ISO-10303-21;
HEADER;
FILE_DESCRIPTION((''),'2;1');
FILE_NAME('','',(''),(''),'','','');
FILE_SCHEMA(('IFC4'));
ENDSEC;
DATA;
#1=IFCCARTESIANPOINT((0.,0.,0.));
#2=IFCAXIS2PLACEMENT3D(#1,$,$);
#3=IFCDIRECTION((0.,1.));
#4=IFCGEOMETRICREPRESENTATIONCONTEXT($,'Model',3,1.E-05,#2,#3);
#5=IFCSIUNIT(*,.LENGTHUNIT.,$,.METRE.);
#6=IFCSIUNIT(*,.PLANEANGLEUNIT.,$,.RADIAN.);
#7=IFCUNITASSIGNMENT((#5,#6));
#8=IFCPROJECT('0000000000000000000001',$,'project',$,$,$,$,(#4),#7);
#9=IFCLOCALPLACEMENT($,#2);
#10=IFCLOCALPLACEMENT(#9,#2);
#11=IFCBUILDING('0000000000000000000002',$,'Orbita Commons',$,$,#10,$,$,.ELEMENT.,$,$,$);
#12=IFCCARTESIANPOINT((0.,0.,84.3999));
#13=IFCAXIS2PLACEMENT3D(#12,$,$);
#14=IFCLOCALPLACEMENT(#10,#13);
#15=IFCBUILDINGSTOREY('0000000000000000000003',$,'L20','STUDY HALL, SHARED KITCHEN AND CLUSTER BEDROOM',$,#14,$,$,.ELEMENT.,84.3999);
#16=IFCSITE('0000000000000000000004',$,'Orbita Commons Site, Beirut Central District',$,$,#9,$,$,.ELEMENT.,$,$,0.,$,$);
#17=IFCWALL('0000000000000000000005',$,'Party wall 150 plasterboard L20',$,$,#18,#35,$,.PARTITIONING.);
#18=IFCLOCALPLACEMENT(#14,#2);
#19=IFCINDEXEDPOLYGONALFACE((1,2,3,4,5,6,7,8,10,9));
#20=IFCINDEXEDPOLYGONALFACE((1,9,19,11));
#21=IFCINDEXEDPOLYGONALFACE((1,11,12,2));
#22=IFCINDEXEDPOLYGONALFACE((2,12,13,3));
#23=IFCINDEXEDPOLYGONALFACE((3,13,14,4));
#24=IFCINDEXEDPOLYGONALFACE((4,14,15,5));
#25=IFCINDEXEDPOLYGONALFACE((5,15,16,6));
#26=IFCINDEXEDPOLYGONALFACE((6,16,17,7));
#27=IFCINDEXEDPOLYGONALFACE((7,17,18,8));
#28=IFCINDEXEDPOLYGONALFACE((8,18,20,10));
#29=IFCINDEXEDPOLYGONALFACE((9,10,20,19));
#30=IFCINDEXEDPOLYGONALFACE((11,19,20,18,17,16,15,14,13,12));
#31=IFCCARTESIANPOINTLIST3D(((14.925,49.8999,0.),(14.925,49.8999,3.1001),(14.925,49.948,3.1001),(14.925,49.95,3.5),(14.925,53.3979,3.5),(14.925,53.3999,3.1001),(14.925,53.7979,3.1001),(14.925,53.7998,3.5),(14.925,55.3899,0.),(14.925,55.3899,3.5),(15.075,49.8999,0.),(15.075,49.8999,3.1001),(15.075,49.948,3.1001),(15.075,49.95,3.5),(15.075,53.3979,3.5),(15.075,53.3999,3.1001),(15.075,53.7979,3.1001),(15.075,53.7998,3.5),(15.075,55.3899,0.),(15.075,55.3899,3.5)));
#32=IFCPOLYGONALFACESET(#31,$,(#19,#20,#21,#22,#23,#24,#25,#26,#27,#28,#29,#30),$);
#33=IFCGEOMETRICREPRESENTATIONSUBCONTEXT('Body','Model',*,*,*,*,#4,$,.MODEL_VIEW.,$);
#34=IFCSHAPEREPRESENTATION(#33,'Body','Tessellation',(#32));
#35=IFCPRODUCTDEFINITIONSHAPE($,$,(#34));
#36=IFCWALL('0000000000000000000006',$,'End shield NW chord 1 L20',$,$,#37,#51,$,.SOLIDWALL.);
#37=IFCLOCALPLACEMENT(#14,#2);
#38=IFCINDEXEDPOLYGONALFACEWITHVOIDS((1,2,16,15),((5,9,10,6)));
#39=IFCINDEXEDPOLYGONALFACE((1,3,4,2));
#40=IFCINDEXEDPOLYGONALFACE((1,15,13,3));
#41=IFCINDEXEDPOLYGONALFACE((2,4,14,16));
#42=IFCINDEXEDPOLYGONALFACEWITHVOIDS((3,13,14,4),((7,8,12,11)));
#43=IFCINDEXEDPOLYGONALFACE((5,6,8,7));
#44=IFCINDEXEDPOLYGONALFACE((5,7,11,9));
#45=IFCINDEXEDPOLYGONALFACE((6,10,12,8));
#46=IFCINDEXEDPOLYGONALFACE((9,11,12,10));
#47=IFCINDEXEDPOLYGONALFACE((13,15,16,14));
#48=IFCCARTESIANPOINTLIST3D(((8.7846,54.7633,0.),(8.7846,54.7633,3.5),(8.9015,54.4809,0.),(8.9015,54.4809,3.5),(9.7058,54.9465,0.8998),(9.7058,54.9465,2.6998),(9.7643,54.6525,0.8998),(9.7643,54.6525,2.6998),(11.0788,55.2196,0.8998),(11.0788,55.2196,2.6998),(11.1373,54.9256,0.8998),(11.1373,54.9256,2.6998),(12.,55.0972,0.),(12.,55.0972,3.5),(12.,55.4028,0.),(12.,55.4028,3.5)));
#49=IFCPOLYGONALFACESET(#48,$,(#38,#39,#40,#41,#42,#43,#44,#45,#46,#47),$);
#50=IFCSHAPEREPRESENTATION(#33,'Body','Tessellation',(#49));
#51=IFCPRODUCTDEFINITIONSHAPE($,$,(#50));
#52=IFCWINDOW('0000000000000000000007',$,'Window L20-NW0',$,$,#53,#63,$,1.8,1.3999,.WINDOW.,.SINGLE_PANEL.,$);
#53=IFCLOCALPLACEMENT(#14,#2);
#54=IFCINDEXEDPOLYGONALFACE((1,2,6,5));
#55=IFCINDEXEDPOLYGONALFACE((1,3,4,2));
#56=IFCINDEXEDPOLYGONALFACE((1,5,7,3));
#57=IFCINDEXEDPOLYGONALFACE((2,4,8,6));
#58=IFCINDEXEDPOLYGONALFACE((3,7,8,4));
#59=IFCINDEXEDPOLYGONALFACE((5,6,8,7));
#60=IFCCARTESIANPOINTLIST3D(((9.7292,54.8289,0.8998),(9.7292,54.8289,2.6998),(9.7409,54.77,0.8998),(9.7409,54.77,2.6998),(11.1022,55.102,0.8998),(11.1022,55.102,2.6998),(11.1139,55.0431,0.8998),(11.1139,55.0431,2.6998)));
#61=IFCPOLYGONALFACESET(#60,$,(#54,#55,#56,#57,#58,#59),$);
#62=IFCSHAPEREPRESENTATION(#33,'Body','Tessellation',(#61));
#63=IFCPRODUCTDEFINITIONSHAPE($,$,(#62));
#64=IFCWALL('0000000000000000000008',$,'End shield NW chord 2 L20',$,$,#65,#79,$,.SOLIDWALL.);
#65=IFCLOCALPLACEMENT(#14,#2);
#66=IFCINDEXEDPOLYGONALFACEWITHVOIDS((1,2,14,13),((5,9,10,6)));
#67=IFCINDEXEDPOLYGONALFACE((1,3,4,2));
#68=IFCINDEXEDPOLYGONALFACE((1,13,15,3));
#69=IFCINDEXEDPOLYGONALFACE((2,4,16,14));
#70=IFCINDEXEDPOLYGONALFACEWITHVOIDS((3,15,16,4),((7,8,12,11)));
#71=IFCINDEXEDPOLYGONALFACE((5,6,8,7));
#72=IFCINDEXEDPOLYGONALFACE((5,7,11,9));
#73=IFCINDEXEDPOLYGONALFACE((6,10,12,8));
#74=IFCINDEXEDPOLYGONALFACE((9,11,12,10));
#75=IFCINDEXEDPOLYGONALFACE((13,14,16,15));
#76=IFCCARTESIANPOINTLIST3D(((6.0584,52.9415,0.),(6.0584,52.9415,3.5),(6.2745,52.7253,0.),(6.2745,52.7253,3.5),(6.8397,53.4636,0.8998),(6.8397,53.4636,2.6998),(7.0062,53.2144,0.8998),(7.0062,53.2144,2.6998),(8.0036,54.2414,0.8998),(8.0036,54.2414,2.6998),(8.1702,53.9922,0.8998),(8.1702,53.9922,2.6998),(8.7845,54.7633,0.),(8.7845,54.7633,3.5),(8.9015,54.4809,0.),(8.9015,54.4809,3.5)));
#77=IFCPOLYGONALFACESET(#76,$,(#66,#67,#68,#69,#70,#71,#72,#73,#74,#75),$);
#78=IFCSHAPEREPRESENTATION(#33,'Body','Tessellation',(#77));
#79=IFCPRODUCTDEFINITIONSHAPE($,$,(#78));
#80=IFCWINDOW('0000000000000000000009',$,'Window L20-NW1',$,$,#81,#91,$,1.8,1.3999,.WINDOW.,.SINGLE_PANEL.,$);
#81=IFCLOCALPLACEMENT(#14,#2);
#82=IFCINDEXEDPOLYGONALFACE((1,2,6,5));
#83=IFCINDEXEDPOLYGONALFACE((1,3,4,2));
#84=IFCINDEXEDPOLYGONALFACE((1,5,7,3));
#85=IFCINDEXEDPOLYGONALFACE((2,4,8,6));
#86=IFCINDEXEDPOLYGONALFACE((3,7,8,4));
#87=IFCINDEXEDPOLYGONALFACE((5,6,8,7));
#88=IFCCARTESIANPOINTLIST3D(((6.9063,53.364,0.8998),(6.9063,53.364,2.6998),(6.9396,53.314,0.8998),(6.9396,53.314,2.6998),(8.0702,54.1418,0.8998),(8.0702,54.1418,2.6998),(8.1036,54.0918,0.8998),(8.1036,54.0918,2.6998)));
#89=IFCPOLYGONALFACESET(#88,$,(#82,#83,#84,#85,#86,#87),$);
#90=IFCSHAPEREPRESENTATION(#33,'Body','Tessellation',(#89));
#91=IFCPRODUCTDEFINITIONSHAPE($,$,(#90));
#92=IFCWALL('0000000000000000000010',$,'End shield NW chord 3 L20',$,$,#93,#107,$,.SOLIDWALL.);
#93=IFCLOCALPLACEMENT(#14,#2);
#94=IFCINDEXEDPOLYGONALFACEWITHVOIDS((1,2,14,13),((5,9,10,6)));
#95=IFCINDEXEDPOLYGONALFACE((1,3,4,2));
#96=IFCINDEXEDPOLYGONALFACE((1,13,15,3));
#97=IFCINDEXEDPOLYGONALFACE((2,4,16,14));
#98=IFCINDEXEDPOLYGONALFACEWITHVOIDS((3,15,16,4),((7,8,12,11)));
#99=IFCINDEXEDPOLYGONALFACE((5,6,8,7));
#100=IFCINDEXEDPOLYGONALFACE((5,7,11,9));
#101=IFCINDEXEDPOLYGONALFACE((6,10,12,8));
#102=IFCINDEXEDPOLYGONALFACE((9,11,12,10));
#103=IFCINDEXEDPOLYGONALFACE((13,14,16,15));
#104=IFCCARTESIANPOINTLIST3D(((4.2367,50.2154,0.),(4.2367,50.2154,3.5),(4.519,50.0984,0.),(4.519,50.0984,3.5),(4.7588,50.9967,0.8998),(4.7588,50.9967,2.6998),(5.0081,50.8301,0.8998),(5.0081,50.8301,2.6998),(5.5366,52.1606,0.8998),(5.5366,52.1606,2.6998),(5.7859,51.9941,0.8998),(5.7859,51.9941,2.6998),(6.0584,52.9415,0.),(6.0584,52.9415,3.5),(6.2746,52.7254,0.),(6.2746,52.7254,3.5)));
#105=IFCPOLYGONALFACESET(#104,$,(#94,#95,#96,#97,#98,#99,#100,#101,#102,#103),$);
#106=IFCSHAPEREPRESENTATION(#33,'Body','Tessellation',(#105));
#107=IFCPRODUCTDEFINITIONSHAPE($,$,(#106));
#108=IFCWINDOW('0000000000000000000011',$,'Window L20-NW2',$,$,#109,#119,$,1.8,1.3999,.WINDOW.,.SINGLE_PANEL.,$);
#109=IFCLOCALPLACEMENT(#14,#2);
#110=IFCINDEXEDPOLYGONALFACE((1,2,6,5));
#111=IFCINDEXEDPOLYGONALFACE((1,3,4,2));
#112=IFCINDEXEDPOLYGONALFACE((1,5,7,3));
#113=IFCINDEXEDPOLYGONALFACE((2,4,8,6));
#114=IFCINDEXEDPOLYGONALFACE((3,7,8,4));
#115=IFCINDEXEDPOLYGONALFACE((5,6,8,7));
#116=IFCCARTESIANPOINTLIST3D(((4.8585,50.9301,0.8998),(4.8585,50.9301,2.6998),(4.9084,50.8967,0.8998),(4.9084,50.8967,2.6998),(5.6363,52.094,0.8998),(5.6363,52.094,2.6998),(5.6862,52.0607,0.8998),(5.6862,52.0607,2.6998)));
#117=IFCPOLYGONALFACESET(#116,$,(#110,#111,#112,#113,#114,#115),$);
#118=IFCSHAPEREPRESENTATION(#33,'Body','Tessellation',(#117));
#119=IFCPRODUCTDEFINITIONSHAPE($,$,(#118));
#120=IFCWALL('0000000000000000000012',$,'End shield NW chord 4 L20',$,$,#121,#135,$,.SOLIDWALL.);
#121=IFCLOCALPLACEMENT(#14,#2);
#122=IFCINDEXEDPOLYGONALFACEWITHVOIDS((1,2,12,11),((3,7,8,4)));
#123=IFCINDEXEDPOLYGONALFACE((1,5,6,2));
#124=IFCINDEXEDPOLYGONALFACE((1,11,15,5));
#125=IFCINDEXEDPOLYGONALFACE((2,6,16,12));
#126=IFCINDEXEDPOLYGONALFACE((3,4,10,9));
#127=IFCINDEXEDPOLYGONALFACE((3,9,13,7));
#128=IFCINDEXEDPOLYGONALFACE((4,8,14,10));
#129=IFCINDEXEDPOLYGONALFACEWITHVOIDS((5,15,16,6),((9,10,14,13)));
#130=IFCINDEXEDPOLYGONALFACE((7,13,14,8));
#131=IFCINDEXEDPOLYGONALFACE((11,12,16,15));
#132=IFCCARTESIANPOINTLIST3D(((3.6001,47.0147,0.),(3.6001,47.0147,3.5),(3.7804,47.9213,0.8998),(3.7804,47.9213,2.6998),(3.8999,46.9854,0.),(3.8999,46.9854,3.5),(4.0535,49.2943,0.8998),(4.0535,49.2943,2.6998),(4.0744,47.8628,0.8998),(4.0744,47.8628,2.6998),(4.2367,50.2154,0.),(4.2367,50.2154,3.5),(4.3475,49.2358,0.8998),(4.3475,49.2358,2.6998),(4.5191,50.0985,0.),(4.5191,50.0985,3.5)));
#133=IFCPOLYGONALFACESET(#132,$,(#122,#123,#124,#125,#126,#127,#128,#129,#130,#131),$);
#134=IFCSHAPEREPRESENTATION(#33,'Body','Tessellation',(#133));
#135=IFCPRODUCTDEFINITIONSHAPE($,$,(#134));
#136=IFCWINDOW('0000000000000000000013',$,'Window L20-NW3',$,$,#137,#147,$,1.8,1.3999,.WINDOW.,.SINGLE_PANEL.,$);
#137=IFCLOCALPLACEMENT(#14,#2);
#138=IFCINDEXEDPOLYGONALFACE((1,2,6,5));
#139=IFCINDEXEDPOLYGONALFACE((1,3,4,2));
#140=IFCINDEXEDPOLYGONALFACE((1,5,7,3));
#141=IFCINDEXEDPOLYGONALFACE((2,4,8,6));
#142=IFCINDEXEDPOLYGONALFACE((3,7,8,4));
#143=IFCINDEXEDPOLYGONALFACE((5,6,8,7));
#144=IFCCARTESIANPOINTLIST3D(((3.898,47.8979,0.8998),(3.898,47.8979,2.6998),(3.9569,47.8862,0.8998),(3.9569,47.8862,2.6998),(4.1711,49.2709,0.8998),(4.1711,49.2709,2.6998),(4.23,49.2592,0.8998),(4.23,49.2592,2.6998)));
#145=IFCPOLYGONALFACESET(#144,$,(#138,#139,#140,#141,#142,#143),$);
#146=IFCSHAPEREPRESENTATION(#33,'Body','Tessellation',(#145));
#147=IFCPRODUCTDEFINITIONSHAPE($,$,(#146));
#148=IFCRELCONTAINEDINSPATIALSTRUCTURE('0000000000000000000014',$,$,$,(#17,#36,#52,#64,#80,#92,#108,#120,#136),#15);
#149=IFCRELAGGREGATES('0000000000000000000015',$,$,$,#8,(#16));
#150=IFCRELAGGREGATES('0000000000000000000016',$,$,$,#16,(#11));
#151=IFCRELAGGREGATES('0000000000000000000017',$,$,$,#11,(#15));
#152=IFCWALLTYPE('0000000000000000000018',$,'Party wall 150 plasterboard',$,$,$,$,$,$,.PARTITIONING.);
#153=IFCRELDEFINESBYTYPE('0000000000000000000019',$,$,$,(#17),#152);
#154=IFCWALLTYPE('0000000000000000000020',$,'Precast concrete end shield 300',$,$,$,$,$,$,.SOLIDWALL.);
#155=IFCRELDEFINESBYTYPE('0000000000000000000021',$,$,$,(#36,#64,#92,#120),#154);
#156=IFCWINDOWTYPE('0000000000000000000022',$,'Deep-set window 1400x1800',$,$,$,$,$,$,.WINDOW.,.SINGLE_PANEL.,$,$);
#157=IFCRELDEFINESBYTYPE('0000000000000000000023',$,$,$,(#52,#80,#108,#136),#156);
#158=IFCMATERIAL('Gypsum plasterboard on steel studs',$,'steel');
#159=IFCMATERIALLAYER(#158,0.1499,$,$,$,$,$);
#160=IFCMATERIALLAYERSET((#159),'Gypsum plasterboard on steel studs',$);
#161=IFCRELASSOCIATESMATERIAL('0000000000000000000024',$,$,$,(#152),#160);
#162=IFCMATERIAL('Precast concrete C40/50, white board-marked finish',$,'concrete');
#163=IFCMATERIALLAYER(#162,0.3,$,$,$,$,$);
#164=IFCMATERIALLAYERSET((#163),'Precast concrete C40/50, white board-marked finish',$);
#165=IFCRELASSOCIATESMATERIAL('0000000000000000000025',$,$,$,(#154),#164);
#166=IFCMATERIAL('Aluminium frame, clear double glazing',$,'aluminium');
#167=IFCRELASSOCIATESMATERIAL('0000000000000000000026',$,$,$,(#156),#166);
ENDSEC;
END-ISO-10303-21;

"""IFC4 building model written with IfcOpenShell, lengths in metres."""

from ifc_helpers import new_model, si_unit, direction, frame, frame_2d, origin, place, context, subcontext, project, spatial, polyline, rectangle, outline, extrude, material, layer, layer_set, type_object, element, fill, save


model = new_model("IFC4")

# Units and contexts
model_context = context("Model", 3, precision=1e-05, world=origin(), true_north=direction((0.0, 1.0)))
body_context = subcontext(model_context, "Body", "Model", "MODEL_VIEW")
ifc_project = project(units=[si_unit("LENGTHUNIT", "METRE"), si_unit("PLANEANGLEUNIT", "RADIAN")], contexts=[model_context])

# Site, building, storey
site_placement = place(None, origin())
site = spatial("IfcSite", under=ifc_project, at=site_placement, Name="Orbita Commons Site, Beirut Central District", CompositionType="ELEMENT", RefElevation=0.0)
building_placement = place(site_placement, origin())
building = spatial("IfcBuilding", under=site, at=building_placement, Name="Orbita Commons", CompositionType="ELEMENT")
storey_placement = place(building_placement, frame((0.0, 0.0, 84.3999)))
storey = spatial("IfcBuildingStorey", under=building, at=storey_placement, Name="L20", Description="STUDY HALL, SHARED KITCHEN AND CLUSTER BEDROOM", CompositionType="ELEMENT", Elevation=84.3999)

# Wall
ifc_material_1 = material(Name="Gypsum plasterboard on steel studs", Category="steel")
ifc_layer_1 = layer(ifc_material_1, 0.1499)
ifc_layer_set_1 = layer_set([ifc_layer_1], Name="Gypsum plasterboard on steel studs")
wall_type_1 = type_object("IfcWallType", Name="Party wall 150 plasterboard", PredefinedType="PARTITIONING", material=ifc_layer_set_1)
wall_1_placement = place(storey_placement, frame((15.0, 55.3899, 0.0), z_axis=(0.0, 0.0, 1.0), x_axis=(0.0, -1.0, 0.0)))
element("IfcWall", 1, at=wall_1_placement, inside=storey, type_object=wall_type_1, Name="Party wall 150 plasterboard L20", PredefinedType="PARTITIONING", context=body_context, shape_type="SweptSolid", body=[
    extrude(outline(polyline([(0.0, 0.0), (5.49, 0.0), (5.49, 3.1001), (5.4419, 3.1001), (5.4399, 3.5), (1.9919, 3.5), (1.99, 3.1001), (1.592, 3.1001), (1.5901, 3.5), (0.0, 3.5), (0.0, 0.0)])), frame((0.0, 0.075, 0.0), z_axis=(0.0, -1.0, 0.0), x_axis=(1.0, 0.0, 0.0)), (0.0, 0.0, 1.0), 0.1499),
])

# Walls, openings, windows
ifc_material_2 = material(Name="Precast concrete C40/50, white board-marked finish", Category="concrete")
ifc_layer_2 = layer(ifc_material_2, 0.3)
ifc_layer_set_2 = layer_set([ifc_layer_2], Name="Precast concrete C40/50, white board-marked finish")
wall_type_2 = type_object("IfcWallType", Name="Precast concrete end shield 300", PredefinedType="SOLIDWALL", material=ifc_layer_set_2)
wall_2_placement = place(storey_placement, frame((12.0, 55.25, 0.0), z_axis=(0.0, 0.0, 1.0), x_axis=(-0.980787, -0.19508, 0.0)))
wall_2 = element("IfcWall", 2, at=wall_2_placement, inside=storey, type_object=wall_type_2, Name="End shield NW chord 1 L20", PredefinedType="SOLIDWALL", context=body_context, shape_type="SweptSolid", body=[
    extrude(outline(polyline([(-0.0298, -0.1499), (3.2485, -0.1499), (3.189, 0.1499), (0.0298, 0.1499), (-0.0298, -0.1499)])), origin(), (0.0, 0.0, 1.0), 3.5),
])
opening_1_placement = place(wall_2_placement, frame((0.9094, 0.0, 0.8999)))
opening_1 = element("IfcOpeningElement", 3, at=opening_1_placement, cuts=wall_2, PredefinedType="OPENING", context=body_context, shape_type="SweptSolid", body=[
    extrude(rectangle(XDim=1.3999, YDim=1.8, at=frame_2d((0.7, 0.8999))), frame((0.0, 0.1599, 0.0), z_axis=(0.0, -1.0, 0.0), x_axis=(1.0, 0.0, 0.0)), (0.0, 0.0, 1.0), 0.3201),
])
ifc_material_3 = material(Name="Aluminium frame, clear double glazing", Category="aluminium")
window_type = type_object("IfcWindowType", Name="Deep-set window 1400x1800", PartitioningType="SINGLE_PANEL", PredefinedType="WINDOW", material=ifc_material_3)
window_1_placement = place(opening_1_placement, origin())
window_1 = element("IfcWindow", 4, at=window_1_placement, inside=storey, type_object=window_type, Name="Window L20-NW0", OverallHeight=1.8, OverallWidth=1.3999, PartitioningType="SINGLE_PANEL", PredefinedType="WINDOW", context=body_context, shape_type="SweptSolid", body=[
    extrude(rectangle(XDim=1.3999, YDim=1.8, at=frame_2d((0.7, 0.8999))), frame((0.0, 0.03, 0.0), z_axis=(0.0, -1.0, 0.0), x_axis=(1.0, 0.0, 0.0)), (0.0, 0.0, 1.0), 0.0601),
])
fill(opening_1, window_1)
wall_3_placement = place(storey_placement, frame((8.843, 54.6221, 0.0), z_axis=(0.0, 0.0, 1.0), x_axis=(-0.831443, -0.55561, 0.0)))
wall_3 = element("IfcWall", 5, at=wall_3_placement, inside=storey, type_object=wall_type_2, Name="End shield NW chord 2 L20", PredefinedType="SOLIDWALL", context=body_context, shape_type="SweptSolid", body=[
    extrude(outline(polyline([(-0.0298, -0.1499), (3.249, -0.1499), (3.1895, 0.1499), (0.0298, 0.1499), (-0.0298, -0.1499)])), origin(), (0.0, 0.0, 1.0), 3.5),
])
opening_2_placement = place(wall_3_placement, frame((0.9094, 0.0, 0.8999)))
opening_2 = element("IfcOpeningElement", 6, at=opening_2_placement, cuts=wall_3, PredefinedType="OPENING", context=body_context, shape_type="SweptSolid", body=[
    extrude(rectangle(XDim=1.3999, YDim=1.8, at=frame_2d((0.7, 0.8999))), frame((0.0, 0.1599, 0.0), z_axis=(0.0, -1.0, 0.0), x_axis=(1.0, 0.0, 0.0)), (0.0, 0.0, 1.0), 0.3201),
])
window_2_placement = place(opening_2_placement, origin())
window_2 = element("IfcWindow", 7, at=window_2_placement, inside=storey, type_object=window_type, Name="Window L20-NW1", OverallHeight=1.8, OverallWidth=1.3999, PartitioningType="SINGLE_PANEL", PredefinedType="WINDOW", context=body_context, shape_type="SweptSolid", body=[
    extrude(rectangle(XDim=1.3999, YDim=1.8, at=frame_2d((0.7, 0.8999))), frame((0.0, 0.03, 0.0), z_axis=(0.0, -1.0, 0.0), x_axis=(1.0, 0.0, 0.0)), (0.0, 0.0, 1.0), 0.0601),
])
fill(opening_2, window_2)
wall_4_placement = place(storey_placement, frame((6.1665, 52.8335, 0.0), z_axis=(0.0, 0.0, 1.0), x_axis=(-0.55561, -0.831443, 0.0)))
wall_4 = element("IfcWall", 8, at=wall_4_placement, inside=storey, type_object=wall_type_2, Name="End shield NW chord 3 L20", PredefinedType="SOLIDWALL", context=body_context, shape_type="SweptSolid", body=[
    extrude(outline(polyline([(-0.0298, -0.1499), (3.249, -0.1499), (3.1895, 0.1499), (0.0298, 0.1499), (-0.0298, -0.1499)])), origin(), (0.0, 0.0, 1.0), 3.5),
])
opening_3_placement = place(wall_4_placement, frame((0.9094, 0.0, 0.8999)))
opening_3 = element("IfcOpeningElement", 9, at=opening_3_placement, cuts=wall_4, PredefinedType="OPENING", context=body_context, shape_type="SweptSolid", body=[
    extrude(rectangle(XDim=1.3999, YDim=1.8, at=frame_2d((0.7, 0.8999))), frame((0.0, 0.1599, 0.0), z_axis=(0.0, -1.0, 0.0), x_axis=(1.0, 0.0, 0.0)), (0.0, 0.0, 1.0), 0.3201),
])
window_3_placement = place(opening_3_placement, origin())
window_3 = element("IfcWindow", 10, at=window_3_placement, inside=storey, type_object=window_type, Name="Window L20-NW2", OverallHeight=1.8, OverallWidth=1.3999, PartitioningType="SINGLE_PANEL", PredefinedType="WINDOW", context=body_context, shape_type="SweptSolid", body=[
    extrude(rectangle(XDim=1.3999, YDim=1.8, at=frame_2d((0.7, 0.8999))), frame((0.0, 0.03, 0.0), z_axis=(0.0, -1.0, 0.0), x_axis=(1.0, 0.0, 0.0)), (0.0, 0.0, 1.0), 0.0601),
])
fill(opening_3, window_3)
wall_5_placement = place(storey_placement, frame((4.3779, 50.157, 0.0), z_axis=(0.0, 0.0, 1.0), x_axis=(-0.19508, -0.980787, 0.0)))
wall_5 = element("IfcWall", 11, at=wall_5_placement, inside=storey, type_object=wall_type_2, Name="End shield NW chord 4 L20", PredefinedType="SOLIDWALL", context=body_context, shape_type="SweptSolid", body=[
    extrude(outline(polyline([(-0.0298, -0.1499), (3.2336, -0.1499), (3.2039, 0.1499), (0.0298, 0.1499), (-0.0298, -0.1499)])), origin(), (0.0, 0.0, 1.0), 3.5),
])
opening_4_placement = place(wall_5_placement, frame((0.9094, 0.0, 0.8999)))
opening_4 = element("IfcOpeningElement", 12, at=opening_4_placement, cuts=wall_5, PredefinedType="OPENING", context=body_context, shape_type="SweptSolid", body=[
    extrude(rectangle(XDim=1.3999, YDim=1.8, at=frame_2d((0.7, 0.8999))), frame((0.0, 0.1599, 0.0), z_axis=(0.0, -1.0, 0.0), x_axis=(1.0, 0.0, 0.0)), (0.0, 0.0, 1.0), 0.3201),
])
window_4_placement = place(opening_4_placement, origin())
window_4 = element("IfcWindow", 13, at=window_4_placement, inside=storey, type_object=window_type, Name="Window L20-NW3", OverallHeight=1.8, OverallWidth=1.3999, PartitioningType="SINGLE_PANEL", PredefinedType="WINDOW", context=body_context, shape_type="SweptSolid", body=[
    extrude(rectangle(XDim=1.3999, YDim=1.8, at=frame_2d((0.7, 0.8999))), frame((0.0, 0.03, 0.0), z_axis=(0.0, -1.0, 0.0), x_axis=(1.0, 0.0, 0.0)), (0.0, 0.0, 1.0), 0.0601),
])
fill(opening_4, window_4)

save(model, "model.ifc")
